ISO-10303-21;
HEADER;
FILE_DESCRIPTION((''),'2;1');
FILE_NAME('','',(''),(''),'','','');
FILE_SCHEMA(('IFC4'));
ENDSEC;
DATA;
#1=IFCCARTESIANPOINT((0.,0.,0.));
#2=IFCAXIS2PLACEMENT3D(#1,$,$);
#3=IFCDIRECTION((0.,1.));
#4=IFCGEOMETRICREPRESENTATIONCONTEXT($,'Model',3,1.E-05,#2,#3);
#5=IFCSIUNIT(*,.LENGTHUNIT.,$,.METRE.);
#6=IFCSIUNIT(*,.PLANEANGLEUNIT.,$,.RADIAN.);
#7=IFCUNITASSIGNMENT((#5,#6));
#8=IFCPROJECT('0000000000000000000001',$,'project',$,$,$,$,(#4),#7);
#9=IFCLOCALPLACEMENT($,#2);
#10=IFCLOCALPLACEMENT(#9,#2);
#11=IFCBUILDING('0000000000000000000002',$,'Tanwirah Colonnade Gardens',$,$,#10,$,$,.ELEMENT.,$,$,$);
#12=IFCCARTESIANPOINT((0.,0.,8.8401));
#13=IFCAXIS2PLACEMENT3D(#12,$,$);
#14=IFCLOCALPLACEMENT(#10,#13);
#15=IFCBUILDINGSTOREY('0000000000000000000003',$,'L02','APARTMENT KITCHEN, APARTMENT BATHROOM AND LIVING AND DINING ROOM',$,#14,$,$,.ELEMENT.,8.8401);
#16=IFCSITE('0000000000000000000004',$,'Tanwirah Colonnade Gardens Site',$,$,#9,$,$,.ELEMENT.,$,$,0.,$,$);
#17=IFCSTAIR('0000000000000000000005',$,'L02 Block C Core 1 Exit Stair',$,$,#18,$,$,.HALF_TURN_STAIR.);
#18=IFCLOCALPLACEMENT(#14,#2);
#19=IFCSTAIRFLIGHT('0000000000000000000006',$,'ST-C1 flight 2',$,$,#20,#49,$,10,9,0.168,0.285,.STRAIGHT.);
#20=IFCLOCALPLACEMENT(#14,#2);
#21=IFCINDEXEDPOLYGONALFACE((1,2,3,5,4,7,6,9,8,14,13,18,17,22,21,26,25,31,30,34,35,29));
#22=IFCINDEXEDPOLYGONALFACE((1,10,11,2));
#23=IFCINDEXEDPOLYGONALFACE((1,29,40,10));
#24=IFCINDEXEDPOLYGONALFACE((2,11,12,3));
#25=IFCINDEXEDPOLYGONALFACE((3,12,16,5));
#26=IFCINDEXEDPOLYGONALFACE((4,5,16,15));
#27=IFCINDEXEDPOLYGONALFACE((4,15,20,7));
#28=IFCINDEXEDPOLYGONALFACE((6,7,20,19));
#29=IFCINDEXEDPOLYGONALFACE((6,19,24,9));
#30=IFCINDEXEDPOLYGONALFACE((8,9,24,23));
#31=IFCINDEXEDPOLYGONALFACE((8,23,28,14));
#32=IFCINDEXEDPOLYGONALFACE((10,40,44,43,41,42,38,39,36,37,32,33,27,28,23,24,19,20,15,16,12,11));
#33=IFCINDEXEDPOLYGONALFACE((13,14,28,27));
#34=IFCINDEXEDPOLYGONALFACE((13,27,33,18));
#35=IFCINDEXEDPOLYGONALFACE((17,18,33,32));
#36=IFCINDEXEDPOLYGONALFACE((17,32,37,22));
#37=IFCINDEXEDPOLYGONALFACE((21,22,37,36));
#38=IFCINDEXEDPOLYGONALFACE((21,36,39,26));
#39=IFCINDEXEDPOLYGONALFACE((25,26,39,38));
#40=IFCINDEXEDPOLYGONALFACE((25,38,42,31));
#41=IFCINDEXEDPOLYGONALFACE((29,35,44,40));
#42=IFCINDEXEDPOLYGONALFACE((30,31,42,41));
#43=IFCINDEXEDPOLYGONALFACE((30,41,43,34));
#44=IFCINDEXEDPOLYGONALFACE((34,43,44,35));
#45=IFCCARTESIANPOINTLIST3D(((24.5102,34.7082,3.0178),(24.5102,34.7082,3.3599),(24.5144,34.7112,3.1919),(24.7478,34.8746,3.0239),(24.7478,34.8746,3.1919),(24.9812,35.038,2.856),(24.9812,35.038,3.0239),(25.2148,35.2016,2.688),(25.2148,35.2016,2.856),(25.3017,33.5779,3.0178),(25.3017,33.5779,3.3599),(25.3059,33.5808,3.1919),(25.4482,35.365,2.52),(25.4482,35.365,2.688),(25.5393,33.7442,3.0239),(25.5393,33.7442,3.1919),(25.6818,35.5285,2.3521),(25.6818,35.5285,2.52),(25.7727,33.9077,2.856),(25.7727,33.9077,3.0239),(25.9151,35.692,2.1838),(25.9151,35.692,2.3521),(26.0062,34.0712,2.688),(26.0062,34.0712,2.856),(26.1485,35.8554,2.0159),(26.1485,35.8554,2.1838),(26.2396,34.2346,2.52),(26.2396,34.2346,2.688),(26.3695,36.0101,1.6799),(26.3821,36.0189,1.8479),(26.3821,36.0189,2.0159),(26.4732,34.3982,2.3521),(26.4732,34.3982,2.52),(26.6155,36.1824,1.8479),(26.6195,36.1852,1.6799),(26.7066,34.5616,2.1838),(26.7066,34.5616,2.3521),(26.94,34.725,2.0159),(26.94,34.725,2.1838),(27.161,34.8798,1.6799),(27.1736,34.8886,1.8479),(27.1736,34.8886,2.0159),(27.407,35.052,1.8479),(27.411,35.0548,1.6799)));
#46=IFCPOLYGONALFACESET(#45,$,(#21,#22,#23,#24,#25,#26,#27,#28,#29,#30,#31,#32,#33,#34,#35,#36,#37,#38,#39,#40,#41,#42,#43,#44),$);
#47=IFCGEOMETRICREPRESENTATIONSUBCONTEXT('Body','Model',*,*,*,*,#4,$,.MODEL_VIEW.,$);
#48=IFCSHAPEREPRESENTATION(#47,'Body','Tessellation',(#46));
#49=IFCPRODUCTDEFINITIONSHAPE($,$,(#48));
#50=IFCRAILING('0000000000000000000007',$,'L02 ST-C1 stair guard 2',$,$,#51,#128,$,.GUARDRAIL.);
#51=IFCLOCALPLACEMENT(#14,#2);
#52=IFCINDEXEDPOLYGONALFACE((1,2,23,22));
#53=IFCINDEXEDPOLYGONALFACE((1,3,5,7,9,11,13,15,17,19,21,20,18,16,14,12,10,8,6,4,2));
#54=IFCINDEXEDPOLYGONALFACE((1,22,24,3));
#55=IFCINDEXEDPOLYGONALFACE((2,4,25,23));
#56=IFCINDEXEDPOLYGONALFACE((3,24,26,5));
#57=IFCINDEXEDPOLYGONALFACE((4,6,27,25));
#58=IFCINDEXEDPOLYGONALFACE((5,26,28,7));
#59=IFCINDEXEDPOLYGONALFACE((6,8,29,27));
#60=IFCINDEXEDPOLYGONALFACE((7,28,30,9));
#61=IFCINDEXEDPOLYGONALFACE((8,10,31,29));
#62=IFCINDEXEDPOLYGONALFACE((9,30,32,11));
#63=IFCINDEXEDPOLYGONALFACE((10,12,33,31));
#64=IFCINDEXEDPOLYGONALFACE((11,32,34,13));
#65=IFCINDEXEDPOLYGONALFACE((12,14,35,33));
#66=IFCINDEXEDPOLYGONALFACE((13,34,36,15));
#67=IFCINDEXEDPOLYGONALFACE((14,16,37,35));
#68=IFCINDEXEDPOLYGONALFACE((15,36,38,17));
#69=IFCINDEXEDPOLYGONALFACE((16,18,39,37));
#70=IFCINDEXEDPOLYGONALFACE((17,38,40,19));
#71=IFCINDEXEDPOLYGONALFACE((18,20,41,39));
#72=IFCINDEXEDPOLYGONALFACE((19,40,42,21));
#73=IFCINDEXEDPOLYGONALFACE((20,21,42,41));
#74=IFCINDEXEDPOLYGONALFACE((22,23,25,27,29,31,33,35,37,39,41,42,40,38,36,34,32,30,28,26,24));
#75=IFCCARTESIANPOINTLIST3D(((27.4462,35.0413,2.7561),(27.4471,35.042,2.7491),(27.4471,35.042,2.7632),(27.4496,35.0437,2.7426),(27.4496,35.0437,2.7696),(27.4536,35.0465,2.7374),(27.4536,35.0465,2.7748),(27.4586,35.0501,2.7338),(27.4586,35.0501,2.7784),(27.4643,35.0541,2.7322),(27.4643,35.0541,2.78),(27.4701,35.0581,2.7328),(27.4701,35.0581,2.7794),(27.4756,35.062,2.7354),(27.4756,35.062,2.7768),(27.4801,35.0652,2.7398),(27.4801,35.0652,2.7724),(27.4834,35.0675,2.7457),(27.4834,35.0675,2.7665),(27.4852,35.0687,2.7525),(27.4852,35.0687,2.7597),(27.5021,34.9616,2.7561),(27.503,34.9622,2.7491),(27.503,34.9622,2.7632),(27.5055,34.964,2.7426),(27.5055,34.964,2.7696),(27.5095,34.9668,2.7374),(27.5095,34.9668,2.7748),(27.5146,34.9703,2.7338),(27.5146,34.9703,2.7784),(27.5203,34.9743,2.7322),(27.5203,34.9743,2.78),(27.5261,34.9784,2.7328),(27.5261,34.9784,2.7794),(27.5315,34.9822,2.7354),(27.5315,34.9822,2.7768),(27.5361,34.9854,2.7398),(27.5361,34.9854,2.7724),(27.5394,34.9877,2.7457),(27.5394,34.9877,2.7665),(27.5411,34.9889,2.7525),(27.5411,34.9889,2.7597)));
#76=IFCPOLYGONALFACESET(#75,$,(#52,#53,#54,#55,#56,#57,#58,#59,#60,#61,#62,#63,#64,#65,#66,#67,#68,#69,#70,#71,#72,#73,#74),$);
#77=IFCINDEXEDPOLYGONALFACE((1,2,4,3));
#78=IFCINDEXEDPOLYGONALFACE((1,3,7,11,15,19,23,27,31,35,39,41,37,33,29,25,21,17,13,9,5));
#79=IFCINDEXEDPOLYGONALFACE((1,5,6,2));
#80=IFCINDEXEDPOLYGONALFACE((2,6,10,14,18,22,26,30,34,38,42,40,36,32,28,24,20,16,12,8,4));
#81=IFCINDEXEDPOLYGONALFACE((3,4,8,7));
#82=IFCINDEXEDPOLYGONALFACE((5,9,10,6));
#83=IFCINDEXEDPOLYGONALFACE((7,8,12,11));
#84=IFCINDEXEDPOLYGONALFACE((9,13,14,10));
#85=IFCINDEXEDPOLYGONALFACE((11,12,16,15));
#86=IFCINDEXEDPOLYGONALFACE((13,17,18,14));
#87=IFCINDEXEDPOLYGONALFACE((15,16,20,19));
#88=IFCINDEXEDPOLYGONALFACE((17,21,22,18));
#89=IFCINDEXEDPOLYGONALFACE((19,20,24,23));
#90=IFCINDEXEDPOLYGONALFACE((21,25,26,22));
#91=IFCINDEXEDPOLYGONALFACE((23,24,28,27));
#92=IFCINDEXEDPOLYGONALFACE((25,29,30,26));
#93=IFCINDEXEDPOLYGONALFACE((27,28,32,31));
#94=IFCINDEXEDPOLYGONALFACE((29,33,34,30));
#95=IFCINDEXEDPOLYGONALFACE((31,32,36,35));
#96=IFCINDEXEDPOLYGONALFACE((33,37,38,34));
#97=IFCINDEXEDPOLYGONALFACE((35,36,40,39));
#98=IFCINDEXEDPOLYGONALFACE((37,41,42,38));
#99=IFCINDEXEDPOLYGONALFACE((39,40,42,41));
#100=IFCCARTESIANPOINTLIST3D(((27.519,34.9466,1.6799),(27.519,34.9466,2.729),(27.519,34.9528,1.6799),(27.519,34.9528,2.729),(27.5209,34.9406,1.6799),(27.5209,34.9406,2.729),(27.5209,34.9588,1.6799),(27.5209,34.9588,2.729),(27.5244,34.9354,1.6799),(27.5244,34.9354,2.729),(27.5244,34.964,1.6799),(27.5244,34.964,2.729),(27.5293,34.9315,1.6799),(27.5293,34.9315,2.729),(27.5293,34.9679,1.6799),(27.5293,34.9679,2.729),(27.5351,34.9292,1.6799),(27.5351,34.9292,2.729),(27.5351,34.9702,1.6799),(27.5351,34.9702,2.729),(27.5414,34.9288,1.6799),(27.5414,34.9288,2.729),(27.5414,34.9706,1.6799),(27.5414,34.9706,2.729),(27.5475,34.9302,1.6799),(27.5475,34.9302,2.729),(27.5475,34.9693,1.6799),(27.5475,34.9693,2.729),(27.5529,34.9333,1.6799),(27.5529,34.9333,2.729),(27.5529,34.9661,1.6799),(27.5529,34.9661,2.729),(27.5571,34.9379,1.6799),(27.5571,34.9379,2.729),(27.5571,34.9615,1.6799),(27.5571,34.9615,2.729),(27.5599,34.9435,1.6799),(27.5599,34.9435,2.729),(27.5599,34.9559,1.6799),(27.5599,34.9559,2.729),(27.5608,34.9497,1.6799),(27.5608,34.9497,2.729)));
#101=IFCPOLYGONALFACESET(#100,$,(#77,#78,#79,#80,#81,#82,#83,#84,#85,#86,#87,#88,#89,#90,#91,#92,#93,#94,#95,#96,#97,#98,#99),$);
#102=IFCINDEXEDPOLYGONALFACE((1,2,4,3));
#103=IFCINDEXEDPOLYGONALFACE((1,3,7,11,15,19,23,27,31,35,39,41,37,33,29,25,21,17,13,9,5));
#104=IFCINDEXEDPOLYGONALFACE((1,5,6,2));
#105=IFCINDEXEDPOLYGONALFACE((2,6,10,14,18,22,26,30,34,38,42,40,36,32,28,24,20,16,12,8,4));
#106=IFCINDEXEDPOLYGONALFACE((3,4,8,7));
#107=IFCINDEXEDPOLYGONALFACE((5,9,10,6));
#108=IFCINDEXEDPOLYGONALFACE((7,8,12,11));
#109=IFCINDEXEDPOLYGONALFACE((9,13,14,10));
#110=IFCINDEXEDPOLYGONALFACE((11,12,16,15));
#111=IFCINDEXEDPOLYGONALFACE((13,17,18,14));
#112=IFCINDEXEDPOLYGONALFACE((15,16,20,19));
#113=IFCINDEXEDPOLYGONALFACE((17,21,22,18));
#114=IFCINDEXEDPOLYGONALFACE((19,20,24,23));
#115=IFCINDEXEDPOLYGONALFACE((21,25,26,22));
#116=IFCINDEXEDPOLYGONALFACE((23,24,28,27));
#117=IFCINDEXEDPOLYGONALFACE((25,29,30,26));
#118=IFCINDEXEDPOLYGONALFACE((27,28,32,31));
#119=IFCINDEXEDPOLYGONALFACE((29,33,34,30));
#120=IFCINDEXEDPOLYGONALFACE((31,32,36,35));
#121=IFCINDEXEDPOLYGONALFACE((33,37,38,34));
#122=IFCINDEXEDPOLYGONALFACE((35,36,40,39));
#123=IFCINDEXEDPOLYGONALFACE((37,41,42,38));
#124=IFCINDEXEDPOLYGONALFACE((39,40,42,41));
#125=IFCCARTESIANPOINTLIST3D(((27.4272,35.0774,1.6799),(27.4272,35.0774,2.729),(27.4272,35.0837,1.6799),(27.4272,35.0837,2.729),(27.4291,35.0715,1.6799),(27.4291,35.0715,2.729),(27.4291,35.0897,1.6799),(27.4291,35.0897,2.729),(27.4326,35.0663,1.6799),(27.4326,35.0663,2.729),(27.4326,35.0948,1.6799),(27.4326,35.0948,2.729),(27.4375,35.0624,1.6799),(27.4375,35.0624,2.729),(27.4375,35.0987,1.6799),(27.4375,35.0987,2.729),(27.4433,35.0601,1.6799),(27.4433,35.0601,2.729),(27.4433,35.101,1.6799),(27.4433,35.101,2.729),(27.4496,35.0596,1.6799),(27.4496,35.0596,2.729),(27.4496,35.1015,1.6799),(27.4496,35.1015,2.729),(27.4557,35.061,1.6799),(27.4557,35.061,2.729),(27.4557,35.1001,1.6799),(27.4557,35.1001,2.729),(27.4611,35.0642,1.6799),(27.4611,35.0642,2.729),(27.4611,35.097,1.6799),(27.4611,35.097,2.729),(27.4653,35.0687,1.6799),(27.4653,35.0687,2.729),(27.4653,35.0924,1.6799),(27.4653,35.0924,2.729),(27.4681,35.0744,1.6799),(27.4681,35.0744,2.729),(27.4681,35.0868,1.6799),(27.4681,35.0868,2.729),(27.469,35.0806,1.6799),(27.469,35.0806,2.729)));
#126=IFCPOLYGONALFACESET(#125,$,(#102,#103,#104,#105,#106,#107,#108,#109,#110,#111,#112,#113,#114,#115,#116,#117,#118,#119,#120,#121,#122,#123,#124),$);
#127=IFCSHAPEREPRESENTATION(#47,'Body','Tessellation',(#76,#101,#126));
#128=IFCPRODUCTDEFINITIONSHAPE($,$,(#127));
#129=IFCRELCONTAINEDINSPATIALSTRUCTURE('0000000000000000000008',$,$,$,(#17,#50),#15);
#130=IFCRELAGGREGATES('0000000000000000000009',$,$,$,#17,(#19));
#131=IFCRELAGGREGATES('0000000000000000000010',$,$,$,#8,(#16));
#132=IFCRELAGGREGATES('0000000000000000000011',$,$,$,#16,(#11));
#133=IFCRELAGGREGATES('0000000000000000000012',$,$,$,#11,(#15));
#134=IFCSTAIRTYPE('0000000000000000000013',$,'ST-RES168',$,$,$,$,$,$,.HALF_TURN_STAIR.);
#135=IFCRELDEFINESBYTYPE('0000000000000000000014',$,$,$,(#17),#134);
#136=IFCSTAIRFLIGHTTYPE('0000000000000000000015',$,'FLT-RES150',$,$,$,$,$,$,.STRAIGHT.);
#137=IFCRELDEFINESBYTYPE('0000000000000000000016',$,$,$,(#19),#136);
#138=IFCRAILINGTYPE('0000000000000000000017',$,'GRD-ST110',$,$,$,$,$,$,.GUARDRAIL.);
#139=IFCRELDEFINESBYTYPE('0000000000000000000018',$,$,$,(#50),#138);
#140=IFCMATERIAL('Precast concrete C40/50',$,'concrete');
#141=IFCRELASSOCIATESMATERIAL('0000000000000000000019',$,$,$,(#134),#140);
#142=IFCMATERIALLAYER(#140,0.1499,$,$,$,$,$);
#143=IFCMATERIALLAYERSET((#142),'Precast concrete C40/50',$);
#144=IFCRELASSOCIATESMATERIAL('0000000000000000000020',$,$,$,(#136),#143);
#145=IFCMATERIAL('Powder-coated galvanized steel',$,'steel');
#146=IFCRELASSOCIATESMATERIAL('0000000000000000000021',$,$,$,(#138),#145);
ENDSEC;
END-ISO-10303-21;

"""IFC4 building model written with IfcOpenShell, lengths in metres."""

from ifc_helpers import new_model, si_unit, direction, frame, origin, origin_2d, place, context, subcontext, project, spatial, polyline, circle, outline, extrude, material, layer, layer_set, type_object, element, aggregate, save


model = new_model("IFC4")

# Units and contexts
model_context = context("Model", 3, precision=1e-05, world=origin(), true_north=direction((0.0, 1.0)))
body_context = subcontext(model_context, "Body", "Model", "MODEL_VIEW")
ifc_project = project(units=[si_unit("LENGTHUNIT", "METRE"), si_unit("PLANEANGLEUNIT", "RADIAN")], contexts=[model_context])

# Site, building, storey
site_placement = place(None, origin())
site = spatial("IfcSite", under=ifc_project, at=site_placement, Name="Tanwirah Colonnade Gardens Site", CompositionType="ELEMENT", RefElevation=0.0)
building_placement = place(site_placement, origin())
building = spatial("IfcBuilding", under=site, at=building_placement, Name="Tanwirah Colonnade Gardens", CompositionType="ELEMENT")
storey_placement = place(building_placement, frame((0.0, 0.0, 8.8401)))
storey = spatial("IfcBuildingStorey", under=building, at=storey_placement, Name="L02", Description="APARTMENT KITCHEN, APARTMENT BATHROOM AND LIVING AND DINING ROOM", CompositionType="ELEMENT", Elevation=8.8401)

# Shared definitions
ifc_material_1 = material(Name="Precast concrete C40/50", Category="concrete")

# Stair, stair flight
stair_type = type_object("IfcStairType", Name="ST-RES168", PredefinedType="HALF_TURN_STAIR", material=ifc_material_1)
stair_placement = place(storey_placement, origin())
stair = element("IfcStair", 1, at=stair_placement, inside=storey, type_object=stair_type, Name="L02 Block C Core 1 Exit Stair", PredefinedType="HALF_TURN_STAIR")
ifc_layer_1 = layer(ifc_material_1, 0.1499)
ifc_layer_set_1 = layer_set([ifc_layer_1], Name="Precast concrete C40/50")
stair_flight_type = type_object("IfcStairFlightType", Name="FLT-RES150", PredefinedType="STRAIGHT", material=ifc_layer_set_1)
stair_flight_placement = place(storey_placement, frame((27.0112, 35.6172, 1.6799), z_axis=(0.0, 0.0, 1.0), x_axis=(-0.819152, -0.573576, 0.0)))
stair_flight = element("IfcStairFlight", 2, at=stair_flight_placement, type_object=stair_flight_type, Name="ST-C1 flight 2", NumberOfRisers=10, NumberOfTreads=9, PredefinedType="STRAIGHT", RiserHeight=0.168, TreadLength=0.285, context=body_context, shape_type="SweptSolid", body=[
    extrude(outline(polyline([(-0.0049, 0.0), (0.0, 0.168), (0.2849, 0.168), (0.2849, 0.3359), (0.5701, 0.3359), (0.5701, 0.5039), (0.855, 0.5039), (0.855, 0.6721), (1.1399, 0.6721), (1.1399, 0.8401), (1.425, 0.8401), (1.425, 1.0081), (1.71, 1.0081), (1.71, 1.176), (1.9951, 1.176), (1.9951, 1.344), (2.28, 1.344), (2.28, 1.512), (2.5649, 1.512), (2.5701, 1.6799), (2.5701, 1.3379), (0.3003, 0.0), (-0.0049, 0.0)])), frame((0.0, 0.6899, 0.0), z_axis=(0.0, -1.0, 0.0), x_axis=(1.0, 0.0, 0.0)), (0.0, 0.0, 1.0), 1.3799),
])
aggregate(stair, [stair_flight])

# Railing
ifc_material_2 = material(Name="Powder-coated galvanized steel", Category="steel")
railing_type_1 = type_object("IfcRailingType", Name="GRD-ST110", PredefinedType="GUARDRAIL", material=ifc_material_2)
railing_1_placement = place(storey_placement, frame((27.5398, 34.9497, 1.6799)))
element("IfcRailing", 3, at=railing_1_placement, inside=storey, type_object=railing_type_1, Name="L02 ST-C1 stair guard 2", PredefinedType="GUARDRAIL", context=body_context, shape_type="SweptSolid", body=[
    extrude(circle(Radius=0.0239, at=origin_2d()), frame((-0.0181, 0.0256, 1.0762), z_axis=(-0.574282, 0.818657, 0.0), x_axis=(-0.818657, -0.574282, 0.0)), (0.0, 0.0, 1.0), 0.0974),
    extrude(circle(Radius=0.021, at=origin_2d()), origin(), (0.0, 0.0, 1.0), 1.0491),
    extrude(circle(Radius=0.021, at=origin_2d()), frame((-0.0918, 0.1309, 0.0)), (0.0, 0.0, 1.0), 1.0491),
])

save(model, "model.ifc")
